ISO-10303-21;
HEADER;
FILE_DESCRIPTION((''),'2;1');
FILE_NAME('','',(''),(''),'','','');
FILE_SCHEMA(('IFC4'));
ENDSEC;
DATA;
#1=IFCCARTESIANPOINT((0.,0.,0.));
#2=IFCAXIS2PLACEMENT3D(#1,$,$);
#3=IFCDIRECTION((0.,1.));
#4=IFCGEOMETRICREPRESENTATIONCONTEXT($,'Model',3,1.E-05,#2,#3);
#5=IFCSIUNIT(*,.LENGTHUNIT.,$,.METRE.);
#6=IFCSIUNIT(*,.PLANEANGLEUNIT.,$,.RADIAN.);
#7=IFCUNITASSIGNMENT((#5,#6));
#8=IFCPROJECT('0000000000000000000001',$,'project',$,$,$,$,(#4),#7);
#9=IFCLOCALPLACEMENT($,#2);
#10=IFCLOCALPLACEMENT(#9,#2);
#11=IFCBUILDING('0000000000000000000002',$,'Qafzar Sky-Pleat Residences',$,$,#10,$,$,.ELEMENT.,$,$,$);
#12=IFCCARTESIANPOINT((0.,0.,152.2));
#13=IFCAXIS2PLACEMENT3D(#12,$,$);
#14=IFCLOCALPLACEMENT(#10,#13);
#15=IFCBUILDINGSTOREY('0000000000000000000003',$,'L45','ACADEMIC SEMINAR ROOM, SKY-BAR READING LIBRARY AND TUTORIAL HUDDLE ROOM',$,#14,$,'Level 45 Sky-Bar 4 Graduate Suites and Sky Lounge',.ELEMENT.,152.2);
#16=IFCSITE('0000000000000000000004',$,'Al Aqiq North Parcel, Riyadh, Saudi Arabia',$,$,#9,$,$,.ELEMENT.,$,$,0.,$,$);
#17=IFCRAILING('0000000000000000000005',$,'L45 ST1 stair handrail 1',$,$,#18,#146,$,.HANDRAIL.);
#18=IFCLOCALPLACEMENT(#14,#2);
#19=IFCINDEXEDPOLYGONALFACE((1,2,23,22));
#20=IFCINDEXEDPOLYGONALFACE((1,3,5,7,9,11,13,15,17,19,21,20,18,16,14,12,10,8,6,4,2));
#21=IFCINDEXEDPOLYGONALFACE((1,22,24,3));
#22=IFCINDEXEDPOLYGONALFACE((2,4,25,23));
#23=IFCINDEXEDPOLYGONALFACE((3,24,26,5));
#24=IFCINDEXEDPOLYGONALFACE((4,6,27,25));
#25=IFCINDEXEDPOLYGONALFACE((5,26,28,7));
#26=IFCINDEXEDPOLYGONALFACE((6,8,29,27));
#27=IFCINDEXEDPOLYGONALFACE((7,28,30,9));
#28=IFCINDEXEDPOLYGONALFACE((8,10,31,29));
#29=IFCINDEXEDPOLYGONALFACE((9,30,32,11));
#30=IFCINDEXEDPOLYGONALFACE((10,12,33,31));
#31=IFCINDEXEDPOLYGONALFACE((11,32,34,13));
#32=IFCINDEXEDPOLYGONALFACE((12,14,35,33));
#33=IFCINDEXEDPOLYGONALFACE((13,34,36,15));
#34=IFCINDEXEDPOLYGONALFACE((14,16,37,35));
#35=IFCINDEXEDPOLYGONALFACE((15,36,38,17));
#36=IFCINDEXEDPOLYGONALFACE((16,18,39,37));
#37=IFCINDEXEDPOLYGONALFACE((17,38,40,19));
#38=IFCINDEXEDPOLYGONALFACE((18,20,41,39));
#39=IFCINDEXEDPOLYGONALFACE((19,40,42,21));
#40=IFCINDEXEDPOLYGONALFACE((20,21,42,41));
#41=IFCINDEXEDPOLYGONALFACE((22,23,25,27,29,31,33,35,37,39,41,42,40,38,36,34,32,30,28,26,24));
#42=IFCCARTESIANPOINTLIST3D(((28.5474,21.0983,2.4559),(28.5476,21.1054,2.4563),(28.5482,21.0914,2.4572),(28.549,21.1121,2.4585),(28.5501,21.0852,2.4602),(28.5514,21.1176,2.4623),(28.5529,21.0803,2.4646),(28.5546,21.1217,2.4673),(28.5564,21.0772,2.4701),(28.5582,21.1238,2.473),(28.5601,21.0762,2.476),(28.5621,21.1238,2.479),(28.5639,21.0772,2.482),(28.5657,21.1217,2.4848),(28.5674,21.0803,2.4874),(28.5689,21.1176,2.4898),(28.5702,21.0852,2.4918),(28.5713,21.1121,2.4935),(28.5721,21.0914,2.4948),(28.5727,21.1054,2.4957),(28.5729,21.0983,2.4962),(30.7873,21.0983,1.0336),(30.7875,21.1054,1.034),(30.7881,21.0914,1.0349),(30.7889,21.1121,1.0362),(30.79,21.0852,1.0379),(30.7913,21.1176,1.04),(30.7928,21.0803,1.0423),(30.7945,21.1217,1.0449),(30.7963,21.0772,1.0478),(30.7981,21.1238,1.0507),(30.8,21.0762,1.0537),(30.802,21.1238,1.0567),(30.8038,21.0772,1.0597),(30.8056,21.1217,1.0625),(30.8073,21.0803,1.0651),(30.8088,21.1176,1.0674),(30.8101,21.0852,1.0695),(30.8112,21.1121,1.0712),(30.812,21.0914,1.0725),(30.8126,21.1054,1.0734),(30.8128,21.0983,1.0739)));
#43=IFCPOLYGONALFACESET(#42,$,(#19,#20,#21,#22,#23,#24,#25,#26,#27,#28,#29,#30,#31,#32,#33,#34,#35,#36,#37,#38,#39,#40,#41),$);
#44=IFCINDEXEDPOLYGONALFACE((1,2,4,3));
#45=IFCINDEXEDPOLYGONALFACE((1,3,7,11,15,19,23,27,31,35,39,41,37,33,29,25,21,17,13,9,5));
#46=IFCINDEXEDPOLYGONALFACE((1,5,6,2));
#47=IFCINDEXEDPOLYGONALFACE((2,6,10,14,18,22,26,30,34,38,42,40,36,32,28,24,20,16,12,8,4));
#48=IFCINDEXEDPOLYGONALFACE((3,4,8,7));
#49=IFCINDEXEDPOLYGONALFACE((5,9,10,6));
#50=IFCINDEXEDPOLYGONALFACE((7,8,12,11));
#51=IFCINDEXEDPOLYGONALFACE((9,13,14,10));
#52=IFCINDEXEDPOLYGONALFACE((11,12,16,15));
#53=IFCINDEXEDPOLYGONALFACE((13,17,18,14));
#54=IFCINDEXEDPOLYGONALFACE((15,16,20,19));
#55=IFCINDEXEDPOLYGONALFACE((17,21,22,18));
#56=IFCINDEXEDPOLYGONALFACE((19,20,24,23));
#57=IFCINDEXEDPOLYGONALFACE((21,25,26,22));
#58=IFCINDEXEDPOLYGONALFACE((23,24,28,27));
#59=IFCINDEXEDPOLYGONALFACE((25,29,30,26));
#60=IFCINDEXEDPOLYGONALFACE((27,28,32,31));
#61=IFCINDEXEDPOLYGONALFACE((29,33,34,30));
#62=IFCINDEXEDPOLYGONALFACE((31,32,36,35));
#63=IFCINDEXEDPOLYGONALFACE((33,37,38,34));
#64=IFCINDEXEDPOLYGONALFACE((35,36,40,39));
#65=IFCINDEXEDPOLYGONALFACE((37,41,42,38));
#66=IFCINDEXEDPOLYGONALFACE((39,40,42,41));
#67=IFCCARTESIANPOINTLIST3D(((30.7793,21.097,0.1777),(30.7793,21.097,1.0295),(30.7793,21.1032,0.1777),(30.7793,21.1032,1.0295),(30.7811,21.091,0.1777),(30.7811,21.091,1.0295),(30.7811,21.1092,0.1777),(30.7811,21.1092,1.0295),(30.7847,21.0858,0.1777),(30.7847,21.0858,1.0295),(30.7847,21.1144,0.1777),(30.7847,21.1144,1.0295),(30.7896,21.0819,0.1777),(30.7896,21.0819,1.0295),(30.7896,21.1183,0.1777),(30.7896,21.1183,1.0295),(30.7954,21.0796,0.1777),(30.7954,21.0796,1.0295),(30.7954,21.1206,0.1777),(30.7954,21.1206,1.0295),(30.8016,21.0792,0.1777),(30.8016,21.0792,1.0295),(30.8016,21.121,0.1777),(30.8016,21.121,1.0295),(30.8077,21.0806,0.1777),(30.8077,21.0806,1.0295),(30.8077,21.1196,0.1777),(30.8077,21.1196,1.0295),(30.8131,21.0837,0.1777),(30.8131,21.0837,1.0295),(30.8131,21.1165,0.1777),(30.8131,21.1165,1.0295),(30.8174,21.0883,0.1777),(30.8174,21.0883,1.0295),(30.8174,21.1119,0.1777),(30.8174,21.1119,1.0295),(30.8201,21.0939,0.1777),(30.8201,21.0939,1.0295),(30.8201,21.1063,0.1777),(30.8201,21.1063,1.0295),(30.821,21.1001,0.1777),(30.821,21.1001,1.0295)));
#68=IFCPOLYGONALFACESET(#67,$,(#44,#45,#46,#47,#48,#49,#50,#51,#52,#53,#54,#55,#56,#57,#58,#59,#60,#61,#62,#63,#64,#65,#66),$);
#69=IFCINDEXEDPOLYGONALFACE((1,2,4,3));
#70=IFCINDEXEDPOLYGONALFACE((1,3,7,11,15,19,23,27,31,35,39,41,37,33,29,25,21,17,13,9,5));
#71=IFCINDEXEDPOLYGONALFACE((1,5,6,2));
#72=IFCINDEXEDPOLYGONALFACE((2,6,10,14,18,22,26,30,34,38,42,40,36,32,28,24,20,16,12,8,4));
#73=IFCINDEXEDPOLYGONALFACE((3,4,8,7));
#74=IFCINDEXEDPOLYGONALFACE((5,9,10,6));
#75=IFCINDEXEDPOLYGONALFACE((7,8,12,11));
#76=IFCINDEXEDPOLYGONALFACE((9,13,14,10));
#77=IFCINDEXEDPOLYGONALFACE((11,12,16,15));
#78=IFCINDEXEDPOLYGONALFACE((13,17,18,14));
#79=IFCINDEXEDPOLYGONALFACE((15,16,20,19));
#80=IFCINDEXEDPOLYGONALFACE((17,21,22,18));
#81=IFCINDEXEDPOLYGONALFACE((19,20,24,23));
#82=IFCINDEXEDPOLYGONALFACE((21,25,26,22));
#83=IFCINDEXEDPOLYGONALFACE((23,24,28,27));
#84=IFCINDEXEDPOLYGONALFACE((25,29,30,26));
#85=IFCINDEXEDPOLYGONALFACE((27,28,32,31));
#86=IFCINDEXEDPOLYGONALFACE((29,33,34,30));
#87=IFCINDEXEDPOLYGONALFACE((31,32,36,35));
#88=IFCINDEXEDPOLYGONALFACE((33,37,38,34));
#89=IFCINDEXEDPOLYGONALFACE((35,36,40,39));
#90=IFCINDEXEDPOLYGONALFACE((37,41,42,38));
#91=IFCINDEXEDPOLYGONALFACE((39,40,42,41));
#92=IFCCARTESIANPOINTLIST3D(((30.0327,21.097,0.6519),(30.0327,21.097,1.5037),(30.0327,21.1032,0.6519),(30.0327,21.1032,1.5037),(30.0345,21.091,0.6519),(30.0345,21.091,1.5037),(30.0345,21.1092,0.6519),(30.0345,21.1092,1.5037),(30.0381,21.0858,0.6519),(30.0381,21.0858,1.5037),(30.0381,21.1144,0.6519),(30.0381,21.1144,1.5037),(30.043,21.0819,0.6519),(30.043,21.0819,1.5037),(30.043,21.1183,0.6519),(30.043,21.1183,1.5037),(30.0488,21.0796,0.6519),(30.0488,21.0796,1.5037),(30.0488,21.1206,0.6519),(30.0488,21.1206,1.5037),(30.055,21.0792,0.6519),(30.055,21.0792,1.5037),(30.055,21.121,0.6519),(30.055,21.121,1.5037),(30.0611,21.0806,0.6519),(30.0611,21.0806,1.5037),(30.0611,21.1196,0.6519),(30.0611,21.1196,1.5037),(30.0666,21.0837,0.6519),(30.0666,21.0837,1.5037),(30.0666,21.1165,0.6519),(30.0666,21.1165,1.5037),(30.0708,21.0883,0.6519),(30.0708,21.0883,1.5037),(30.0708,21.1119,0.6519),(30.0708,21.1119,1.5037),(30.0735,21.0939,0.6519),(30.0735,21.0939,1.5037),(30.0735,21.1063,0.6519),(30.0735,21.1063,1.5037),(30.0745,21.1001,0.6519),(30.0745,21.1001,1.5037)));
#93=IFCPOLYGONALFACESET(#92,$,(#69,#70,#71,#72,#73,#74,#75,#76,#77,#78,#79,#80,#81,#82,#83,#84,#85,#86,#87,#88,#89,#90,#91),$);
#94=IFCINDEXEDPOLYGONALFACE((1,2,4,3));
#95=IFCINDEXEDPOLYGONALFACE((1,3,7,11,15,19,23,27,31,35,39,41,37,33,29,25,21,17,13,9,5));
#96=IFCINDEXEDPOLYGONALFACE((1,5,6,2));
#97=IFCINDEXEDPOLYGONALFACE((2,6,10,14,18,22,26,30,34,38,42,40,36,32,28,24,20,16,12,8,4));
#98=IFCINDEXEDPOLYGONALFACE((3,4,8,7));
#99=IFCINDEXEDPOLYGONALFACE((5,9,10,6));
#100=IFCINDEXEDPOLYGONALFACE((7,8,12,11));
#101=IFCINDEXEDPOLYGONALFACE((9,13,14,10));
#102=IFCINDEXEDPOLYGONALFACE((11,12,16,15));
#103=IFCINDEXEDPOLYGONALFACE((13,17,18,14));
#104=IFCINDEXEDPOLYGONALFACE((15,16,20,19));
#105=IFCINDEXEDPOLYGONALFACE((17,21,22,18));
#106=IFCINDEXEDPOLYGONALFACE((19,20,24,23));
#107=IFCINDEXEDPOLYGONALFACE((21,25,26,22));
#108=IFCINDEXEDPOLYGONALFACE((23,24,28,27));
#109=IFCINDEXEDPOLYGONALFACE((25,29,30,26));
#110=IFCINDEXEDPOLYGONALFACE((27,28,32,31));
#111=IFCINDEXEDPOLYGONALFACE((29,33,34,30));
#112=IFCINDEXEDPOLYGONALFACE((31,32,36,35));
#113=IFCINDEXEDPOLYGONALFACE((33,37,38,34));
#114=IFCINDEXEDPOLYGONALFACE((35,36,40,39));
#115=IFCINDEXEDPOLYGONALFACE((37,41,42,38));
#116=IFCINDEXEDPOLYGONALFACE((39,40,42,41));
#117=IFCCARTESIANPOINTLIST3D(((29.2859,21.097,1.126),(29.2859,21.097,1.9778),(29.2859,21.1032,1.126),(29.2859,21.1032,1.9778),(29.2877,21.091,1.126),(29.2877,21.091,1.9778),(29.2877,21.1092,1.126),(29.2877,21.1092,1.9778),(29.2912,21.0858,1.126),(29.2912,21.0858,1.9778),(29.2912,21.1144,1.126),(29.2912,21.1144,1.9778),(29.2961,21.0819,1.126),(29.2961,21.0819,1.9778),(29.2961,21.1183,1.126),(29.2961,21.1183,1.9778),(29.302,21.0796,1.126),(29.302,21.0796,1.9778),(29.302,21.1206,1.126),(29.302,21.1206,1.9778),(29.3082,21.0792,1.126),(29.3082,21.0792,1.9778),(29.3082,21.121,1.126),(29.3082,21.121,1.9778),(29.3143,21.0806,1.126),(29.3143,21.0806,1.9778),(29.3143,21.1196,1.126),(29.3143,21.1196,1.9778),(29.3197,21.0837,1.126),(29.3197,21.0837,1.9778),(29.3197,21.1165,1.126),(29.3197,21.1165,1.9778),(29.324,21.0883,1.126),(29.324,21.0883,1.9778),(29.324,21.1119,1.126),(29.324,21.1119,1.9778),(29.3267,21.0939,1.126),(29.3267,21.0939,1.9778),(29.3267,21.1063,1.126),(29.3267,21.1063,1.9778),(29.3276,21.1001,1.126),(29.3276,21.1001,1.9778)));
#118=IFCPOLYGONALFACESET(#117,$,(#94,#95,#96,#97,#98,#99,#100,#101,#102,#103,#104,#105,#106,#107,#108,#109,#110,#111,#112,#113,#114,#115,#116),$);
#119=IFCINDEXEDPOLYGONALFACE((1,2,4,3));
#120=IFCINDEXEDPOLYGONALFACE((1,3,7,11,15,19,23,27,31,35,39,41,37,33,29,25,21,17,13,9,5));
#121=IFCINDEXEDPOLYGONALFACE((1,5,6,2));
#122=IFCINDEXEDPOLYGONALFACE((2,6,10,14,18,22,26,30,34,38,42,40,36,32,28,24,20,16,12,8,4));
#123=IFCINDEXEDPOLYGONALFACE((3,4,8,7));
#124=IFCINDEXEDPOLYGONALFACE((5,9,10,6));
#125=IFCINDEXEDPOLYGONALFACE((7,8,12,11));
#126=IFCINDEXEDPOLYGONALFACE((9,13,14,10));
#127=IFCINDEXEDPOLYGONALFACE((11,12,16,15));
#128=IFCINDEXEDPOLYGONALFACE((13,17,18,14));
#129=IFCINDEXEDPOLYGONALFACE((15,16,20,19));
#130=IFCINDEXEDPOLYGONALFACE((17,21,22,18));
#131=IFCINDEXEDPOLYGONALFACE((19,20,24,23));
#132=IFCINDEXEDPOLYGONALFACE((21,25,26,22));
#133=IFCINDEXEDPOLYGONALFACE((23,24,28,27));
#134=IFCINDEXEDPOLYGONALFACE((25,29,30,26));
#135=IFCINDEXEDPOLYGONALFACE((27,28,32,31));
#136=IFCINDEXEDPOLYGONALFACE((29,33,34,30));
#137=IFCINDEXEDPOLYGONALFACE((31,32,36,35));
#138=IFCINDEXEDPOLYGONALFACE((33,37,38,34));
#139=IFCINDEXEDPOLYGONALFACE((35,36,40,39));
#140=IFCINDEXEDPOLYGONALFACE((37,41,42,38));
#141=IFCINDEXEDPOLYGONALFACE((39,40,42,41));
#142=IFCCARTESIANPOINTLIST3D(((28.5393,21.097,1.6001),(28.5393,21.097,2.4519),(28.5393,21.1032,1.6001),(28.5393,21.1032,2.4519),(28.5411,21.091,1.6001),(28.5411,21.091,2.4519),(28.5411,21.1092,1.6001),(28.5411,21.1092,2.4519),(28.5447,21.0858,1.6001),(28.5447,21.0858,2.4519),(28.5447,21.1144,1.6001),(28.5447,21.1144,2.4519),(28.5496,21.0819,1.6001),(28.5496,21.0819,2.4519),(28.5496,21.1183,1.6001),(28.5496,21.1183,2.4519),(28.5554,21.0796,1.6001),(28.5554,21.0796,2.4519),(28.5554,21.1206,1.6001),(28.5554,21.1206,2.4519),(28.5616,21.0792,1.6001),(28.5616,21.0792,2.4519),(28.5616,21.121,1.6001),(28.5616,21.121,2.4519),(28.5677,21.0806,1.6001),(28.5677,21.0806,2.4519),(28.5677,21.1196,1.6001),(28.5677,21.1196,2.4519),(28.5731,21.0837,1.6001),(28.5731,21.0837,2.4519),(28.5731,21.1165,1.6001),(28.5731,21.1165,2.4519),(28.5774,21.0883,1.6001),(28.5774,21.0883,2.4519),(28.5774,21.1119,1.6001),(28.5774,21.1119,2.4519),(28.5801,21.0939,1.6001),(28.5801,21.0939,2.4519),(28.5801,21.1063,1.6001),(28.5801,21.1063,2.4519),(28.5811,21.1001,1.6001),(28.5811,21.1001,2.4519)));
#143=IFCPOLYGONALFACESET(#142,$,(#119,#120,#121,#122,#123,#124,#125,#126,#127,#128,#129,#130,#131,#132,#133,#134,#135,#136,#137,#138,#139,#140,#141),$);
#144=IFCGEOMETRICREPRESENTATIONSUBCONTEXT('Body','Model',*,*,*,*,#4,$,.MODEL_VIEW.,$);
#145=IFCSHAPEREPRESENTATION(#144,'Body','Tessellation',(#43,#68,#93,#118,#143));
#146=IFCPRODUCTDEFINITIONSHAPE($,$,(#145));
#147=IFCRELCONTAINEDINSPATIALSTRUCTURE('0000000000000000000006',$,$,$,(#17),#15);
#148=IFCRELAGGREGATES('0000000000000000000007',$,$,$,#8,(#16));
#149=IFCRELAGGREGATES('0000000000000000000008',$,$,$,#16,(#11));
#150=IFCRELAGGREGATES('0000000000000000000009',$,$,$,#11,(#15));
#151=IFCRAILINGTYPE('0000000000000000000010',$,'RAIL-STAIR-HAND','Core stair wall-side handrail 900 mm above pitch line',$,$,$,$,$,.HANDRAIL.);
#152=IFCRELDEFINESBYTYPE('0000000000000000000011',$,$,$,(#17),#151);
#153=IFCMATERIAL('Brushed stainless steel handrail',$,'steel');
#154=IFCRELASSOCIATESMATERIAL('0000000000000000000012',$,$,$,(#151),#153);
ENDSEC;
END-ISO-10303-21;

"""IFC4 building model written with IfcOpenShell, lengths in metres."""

from ifc_helpers import new_model, si_unit, direction, frame, origin, origin_2d, place, context, subcontext, project, spatial, circle, extrude, source, transform, mapped, material, type_object, element, save


model = new_model("IFC4")

# Units and contexts
model_context = context("Model", 3, precision=1e-05, world=origin(), true_north=direction((0.0, 1.0)))
body_context = subcontext(model_context, "Body", "Model", "MODEL_VIEW")
ifc_project = project(units=[si_unit("LENGTHUNIT", "METRE"), si_unit("PLANEANGLEUNIT", "RADIAN")], contexts=[model_context])

# Site, building, storey
site_placement = place(None, origin())
site = spatial("IfcSite", under=ifc_project, at=site_placement, Name="Al Aqiq North Parcel, Riyadh, Saudi Arabia", CompositionType="ELEMENT", RefElevation=0.0)
building_placement = place(site_placement, origin())
building = spatial("IfcBuilding", under=site, at=building_placement, Name="Qafzar Sky-Pleat Residences", CompositionType="ELEMENT")
storey_placement = place(building_placement, frame((0.0, 0.0, 152.2)))
storey = spatial("IfcBuildingStorey", under=building, at=storey_placement, Name="L45", Description="ACADEMIC SEMINAR ROOM, SKY-BAR READING LIBRARY AND TUTORIAL HUDDLE ROOM", LongName="Level 45 Sky-Bar 4 Graduate Suites and Sky Lounge", CompositionType="ELEMENT", Elevation=152.2)

# Railing
ifc_material_1 = material(Name="Brushed stainless steel handrail", Category="steel")
railing_type_1 = type_object("IfcRailingType", Name="RAIL-STAIR-HAND", Description="Core stair wall-side handrail 900 mm above pitch line", PredefinedType="HANDRAIL", material=ifc_material_1)
shared_shape_1 = source(origin(), body_context, "Body", "SweptSolid", [
    extrude(circle(Radius=0.0239, at=origin_2d()), frame((0.0, 0.0, 0.876), z_axis=(-0.844188, 0.0, 0.536048), x_axis=(0.0, -1.0, 0.0)), (0.0, 0.0, 1.0), 2.6533),
    extrude(circle(Radius=0.021, at=origin_2d()), origin(), (0.0, 0.0, 1.0), 0.8518),
    extrude(circle(Radius=0.021, at=origin_2d()), frame((-0.7466, 0.0, 0.4741)), (0.0, 0.0, 1.0), 0.8518),
    extrude(circle(Radius=0.021, at=origin_2d()), frame((-1.4934, 0.0, 0.9482)), (0.0, 0.0, 1.0), 0.8518),
    extrude(circle(Radius=0.021, at=origin_2d()), frame((-2.24, 0.0, 1.4224)), (0.0, 0.0, 1.0), 0.8518),
])
railing_1_placement = place(storey_placement, frame((30.8, 21.1001, 0.1777)))
element("IfcRailing", 1, at=railing_1_placement, inside=storey, type_object=railing_type_1, Name="L45 ST1 stair handrail 1", PredefinedType="HANDRAIL", context=body_context, shape_type="MappedRepresentation", body=[
    mapped(shared_shape_1, transform((0.0, 0.0, 0.0), x_axis=(1.0, 0.0, 0.0), y_axis=(0.0, 1.0, 0.0), z_axis=(0.0, 0.0, 1.0), scale=1.0)),
])

save(model, "model.ifc")
